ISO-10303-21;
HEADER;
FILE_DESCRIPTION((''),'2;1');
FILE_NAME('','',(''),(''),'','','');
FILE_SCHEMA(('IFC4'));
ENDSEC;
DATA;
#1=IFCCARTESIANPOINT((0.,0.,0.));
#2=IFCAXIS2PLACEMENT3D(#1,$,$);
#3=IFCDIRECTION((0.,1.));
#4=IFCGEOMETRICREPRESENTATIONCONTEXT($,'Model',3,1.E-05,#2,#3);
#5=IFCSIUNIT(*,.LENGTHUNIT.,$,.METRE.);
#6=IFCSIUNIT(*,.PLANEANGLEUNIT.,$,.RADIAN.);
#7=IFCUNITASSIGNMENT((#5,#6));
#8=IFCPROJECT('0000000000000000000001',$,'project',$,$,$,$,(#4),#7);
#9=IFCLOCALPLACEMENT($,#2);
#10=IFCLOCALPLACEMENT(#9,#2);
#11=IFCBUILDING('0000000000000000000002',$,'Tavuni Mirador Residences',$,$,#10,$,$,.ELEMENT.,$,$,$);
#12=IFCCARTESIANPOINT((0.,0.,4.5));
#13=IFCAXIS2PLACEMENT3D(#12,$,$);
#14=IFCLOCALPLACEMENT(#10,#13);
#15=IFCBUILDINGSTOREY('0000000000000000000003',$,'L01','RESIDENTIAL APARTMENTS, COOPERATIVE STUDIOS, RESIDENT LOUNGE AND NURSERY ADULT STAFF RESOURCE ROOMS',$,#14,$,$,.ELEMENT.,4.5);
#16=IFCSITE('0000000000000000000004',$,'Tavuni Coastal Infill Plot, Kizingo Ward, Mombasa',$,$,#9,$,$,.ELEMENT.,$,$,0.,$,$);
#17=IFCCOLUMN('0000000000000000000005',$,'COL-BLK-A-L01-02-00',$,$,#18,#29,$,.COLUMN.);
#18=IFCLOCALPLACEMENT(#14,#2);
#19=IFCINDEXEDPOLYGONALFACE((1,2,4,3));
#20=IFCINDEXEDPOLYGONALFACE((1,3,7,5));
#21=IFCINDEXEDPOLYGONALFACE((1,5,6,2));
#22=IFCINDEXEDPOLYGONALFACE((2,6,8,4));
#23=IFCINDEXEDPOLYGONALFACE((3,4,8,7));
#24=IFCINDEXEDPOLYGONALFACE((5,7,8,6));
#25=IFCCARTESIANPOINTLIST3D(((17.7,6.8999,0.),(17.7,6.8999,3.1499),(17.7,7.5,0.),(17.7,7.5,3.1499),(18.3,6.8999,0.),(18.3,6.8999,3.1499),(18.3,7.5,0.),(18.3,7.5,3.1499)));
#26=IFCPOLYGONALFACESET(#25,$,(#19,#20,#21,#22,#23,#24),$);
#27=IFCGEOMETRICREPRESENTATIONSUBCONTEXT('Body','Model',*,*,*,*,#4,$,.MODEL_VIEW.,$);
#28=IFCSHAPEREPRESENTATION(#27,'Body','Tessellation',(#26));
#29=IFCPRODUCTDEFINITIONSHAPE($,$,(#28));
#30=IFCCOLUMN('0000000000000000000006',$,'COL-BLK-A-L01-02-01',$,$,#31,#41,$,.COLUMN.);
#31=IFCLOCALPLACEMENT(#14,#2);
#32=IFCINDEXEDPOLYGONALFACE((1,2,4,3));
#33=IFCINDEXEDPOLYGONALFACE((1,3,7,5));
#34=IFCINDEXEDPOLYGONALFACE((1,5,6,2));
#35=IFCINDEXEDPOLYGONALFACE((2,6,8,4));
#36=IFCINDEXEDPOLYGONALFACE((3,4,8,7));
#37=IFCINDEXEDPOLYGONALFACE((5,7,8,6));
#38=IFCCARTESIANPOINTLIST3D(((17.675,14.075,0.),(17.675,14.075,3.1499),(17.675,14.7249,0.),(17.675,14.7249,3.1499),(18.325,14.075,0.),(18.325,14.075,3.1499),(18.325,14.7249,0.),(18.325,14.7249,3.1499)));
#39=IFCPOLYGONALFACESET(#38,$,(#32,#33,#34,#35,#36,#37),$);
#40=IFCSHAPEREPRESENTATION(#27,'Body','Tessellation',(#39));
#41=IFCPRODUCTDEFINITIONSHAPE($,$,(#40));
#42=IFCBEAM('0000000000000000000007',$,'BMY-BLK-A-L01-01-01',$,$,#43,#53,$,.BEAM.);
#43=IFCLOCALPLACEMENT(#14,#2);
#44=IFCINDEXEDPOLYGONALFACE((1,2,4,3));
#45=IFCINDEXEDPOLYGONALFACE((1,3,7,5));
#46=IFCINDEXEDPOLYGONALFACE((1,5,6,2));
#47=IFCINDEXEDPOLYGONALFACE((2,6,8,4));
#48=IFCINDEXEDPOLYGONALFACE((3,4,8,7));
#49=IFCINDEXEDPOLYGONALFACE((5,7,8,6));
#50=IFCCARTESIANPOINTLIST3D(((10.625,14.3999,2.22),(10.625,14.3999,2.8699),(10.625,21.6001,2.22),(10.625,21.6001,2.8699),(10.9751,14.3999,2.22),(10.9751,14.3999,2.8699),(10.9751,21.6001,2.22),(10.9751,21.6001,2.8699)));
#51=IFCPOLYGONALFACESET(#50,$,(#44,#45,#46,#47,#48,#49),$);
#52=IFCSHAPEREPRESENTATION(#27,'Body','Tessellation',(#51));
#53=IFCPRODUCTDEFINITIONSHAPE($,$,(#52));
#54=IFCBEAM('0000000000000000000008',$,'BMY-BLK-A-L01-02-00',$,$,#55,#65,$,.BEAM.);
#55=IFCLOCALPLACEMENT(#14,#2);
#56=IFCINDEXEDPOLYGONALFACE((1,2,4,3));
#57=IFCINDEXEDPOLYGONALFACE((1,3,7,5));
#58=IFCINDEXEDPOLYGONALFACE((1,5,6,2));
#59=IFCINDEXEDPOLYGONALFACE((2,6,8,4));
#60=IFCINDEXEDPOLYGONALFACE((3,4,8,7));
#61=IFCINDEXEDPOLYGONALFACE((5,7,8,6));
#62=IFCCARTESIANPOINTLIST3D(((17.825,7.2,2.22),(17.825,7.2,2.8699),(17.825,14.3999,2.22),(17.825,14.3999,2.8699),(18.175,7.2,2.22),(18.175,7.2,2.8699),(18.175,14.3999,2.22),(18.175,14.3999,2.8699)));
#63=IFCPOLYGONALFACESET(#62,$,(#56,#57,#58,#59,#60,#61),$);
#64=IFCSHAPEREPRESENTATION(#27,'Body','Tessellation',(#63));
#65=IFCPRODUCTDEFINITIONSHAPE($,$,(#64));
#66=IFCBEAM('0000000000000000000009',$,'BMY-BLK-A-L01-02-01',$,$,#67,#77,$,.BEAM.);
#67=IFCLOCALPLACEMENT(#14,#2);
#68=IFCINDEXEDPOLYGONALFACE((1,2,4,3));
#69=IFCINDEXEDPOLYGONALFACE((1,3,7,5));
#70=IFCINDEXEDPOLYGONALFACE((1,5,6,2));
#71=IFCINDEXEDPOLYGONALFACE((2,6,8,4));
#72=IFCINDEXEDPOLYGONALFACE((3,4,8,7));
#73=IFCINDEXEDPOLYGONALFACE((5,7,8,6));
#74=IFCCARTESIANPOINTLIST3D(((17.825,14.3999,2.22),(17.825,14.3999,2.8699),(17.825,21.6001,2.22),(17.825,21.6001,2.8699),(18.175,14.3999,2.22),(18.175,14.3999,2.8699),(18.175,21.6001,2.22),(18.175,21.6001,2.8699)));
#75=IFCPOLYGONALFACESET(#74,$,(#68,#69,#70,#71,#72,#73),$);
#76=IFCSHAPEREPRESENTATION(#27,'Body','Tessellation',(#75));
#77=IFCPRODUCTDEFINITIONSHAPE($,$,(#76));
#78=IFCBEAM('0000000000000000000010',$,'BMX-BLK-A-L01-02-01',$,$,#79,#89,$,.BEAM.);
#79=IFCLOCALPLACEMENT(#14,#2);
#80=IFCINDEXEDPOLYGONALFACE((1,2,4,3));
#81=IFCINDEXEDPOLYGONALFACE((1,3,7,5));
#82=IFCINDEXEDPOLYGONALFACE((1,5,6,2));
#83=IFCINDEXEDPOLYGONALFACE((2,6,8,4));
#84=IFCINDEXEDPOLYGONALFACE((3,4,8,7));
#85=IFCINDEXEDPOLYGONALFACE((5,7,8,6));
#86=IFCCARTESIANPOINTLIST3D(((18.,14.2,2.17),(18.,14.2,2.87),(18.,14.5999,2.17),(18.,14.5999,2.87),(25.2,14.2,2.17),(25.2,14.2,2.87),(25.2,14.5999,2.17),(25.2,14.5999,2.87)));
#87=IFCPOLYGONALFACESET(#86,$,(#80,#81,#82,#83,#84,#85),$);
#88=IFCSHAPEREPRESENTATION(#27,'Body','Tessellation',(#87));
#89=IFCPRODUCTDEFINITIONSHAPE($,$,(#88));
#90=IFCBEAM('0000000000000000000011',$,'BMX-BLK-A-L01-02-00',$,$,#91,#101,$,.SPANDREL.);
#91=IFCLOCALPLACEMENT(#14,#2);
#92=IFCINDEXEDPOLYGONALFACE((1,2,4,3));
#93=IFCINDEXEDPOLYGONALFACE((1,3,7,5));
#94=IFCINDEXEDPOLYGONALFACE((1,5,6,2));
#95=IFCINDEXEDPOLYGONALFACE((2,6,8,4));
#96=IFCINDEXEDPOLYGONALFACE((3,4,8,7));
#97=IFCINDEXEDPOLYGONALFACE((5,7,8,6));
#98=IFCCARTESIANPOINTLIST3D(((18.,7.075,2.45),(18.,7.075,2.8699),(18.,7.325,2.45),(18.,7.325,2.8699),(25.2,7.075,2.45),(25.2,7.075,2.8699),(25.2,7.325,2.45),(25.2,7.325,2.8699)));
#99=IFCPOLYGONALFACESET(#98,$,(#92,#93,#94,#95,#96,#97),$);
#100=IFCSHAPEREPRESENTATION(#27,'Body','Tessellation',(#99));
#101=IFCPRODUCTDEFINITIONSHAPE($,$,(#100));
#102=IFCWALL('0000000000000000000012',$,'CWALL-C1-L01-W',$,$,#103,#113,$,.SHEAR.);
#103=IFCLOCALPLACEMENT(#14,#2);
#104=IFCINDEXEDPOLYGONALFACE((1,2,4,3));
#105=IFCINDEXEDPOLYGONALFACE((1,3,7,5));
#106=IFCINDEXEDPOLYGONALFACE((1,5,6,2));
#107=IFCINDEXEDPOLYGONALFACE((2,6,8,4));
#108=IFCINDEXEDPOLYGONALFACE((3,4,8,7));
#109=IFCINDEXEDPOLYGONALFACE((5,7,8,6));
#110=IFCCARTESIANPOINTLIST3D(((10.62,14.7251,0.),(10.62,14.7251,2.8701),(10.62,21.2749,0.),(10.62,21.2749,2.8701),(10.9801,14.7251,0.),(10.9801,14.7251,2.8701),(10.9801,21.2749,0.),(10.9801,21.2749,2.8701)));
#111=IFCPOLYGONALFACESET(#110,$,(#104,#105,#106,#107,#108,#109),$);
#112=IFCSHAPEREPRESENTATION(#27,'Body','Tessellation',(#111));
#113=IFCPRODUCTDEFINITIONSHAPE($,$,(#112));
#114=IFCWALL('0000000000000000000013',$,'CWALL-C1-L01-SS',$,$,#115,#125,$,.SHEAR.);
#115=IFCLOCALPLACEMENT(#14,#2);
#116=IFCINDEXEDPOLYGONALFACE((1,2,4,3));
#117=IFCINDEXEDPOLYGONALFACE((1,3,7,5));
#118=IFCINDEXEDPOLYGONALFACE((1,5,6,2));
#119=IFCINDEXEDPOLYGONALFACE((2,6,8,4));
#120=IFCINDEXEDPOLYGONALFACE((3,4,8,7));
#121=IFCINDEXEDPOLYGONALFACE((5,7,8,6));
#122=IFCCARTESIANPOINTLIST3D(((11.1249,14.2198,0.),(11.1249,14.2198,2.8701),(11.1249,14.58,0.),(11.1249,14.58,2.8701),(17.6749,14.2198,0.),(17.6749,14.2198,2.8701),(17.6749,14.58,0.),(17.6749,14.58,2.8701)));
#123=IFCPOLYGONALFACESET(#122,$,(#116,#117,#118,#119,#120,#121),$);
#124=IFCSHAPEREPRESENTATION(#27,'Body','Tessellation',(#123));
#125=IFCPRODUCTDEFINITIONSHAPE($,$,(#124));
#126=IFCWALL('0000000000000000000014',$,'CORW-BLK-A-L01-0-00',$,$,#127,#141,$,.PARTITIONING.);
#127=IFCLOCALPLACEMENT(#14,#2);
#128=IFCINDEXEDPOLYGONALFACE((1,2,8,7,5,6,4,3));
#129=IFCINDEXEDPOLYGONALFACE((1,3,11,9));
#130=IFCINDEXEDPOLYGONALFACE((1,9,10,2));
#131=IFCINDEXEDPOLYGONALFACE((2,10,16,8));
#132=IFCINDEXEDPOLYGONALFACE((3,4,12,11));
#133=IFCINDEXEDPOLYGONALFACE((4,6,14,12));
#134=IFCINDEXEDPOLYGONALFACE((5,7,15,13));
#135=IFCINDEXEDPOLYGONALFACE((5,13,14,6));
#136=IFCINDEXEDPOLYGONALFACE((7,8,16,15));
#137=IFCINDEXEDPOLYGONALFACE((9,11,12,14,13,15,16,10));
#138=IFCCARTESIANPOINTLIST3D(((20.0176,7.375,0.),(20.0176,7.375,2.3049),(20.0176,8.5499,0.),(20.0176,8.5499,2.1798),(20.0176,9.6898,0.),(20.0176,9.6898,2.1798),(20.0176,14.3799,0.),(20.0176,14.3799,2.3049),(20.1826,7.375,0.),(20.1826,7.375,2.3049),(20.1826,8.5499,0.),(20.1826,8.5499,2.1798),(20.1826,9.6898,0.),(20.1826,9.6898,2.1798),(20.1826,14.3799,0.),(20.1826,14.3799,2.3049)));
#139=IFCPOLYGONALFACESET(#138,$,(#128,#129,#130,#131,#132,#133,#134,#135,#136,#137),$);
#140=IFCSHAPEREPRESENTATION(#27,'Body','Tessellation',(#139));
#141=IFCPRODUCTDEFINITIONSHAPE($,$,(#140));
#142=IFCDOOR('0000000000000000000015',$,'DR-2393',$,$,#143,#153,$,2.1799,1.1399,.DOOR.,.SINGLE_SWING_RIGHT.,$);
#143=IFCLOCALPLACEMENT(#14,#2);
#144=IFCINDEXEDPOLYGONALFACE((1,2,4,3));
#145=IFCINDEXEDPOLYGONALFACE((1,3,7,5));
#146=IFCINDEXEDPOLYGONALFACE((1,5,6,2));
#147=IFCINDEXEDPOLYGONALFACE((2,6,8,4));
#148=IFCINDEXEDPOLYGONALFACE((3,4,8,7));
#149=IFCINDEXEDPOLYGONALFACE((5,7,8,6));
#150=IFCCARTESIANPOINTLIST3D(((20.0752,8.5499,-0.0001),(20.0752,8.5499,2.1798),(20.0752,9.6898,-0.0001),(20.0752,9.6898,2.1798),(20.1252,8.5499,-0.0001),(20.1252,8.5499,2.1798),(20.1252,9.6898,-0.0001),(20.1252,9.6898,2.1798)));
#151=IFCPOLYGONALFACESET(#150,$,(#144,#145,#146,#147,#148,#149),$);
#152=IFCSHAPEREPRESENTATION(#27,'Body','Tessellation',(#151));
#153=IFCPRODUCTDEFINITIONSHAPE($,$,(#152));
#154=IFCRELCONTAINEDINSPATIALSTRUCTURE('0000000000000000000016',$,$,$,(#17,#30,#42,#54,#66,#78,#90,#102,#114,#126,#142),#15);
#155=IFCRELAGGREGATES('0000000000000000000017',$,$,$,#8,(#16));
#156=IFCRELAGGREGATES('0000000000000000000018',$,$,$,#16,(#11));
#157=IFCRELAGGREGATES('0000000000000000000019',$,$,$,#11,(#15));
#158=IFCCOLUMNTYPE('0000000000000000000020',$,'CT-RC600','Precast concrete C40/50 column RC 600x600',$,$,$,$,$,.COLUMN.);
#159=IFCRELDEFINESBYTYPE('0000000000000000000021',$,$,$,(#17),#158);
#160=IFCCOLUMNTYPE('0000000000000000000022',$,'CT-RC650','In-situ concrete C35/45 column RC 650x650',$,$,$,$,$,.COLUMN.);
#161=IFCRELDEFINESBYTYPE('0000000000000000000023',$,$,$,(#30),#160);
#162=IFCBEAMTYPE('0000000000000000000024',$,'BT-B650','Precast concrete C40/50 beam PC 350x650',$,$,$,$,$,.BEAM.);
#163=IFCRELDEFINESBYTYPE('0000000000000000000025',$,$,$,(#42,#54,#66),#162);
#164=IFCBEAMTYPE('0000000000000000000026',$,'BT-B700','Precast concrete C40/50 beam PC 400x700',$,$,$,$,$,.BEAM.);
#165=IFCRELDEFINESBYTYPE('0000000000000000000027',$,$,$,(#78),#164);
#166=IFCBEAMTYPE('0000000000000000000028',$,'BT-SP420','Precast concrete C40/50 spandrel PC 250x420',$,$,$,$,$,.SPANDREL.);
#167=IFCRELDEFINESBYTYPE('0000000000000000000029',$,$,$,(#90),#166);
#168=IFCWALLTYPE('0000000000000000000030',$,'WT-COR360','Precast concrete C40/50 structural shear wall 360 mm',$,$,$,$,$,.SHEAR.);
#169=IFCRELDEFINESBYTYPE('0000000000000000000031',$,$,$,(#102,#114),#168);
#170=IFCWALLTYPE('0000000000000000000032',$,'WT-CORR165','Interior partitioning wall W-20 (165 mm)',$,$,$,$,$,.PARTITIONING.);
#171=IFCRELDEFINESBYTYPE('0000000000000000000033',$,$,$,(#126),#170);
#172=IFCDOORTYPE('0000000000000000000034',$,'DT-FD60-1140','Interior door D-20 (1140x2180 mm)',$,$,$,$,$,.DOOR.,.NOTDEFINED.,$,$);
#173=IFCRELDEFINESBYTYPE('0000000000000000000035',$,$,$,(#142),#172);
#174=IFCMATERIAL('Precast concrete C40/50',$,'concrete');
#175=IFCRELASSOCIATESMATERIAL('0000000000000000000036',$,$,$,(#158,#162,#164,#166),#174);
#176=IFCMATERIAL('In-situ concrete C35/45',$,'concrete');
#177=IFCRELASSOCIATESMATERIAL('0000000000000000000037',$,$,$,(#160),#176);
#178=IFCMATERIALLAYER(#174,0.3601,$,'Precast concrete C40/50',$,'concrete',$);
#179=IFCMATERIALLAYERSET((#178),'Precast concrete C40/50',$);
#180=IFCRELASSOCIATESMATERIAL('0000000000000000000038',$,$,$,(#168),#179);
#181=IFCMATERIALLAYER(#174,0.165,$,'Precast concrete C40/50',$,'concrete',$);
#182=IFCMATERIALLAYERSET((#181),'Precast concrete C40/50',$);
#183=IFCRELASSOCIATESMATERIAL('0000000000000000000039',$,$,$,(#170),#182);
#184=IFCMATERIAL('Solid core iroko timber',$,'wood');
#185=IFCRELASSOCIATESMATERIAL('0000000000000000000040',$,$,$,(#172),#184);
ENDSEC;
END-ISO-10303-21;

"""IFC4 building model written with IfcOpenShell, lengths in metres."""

from ifc_helpers import new_model, si_unit, direction, frame, frame_2d, origin, origin_2d, place, context, subcontext, project, spatial, rectangle, extrude, material, layer, layer_set, material_profile, profile_set, type_object, element, fill, save


model = new_model("IFC4")

# Units and contexts
model_context = context("Model", 3, precision=1e-05, world=origin(), true_north=direction((0.0, 1.0)))
body_context = subcontext(model_context, "Body", "Model", "MODEL_VIEW")
ifc_project = project(units=[si_unit("LENGTHUNIT", "METRE"), si_unit("PLANEANGLEUNIT", "RADIAN")], contexts=[model_context])

# Site, building, storey
site_placement = place(None, origin())
site = spatial("IfcSite", under=ifc_project, at=site_placement, Name="Tavuni Coastal Infill Plot, Kizingo Ward, Mombasa", CompositionType="ELEMENT", RefElevation=0.0)
building_placement = place(site_placement, origin())
building = spatial("IfcBuilding", under=site, at=building_placement, Name="Tavuni Mirador Residences", CompositionType="ELEMENT")
storey_placement = place(building_placement, frame((0.0, 0.0, 4.5)))
storey = spatial("IfcBuildingStorey", under=building, at=storey_placement, Name="L01", Description="RESIDENTIAL APARTMENTS, COOPERATIVE STUDIOS, RESIDENT LOUNGE AND NURSERY ADULT STAFF RESOURCE ROOMS", CompositionType="ELEMENT", Elevation=4.5)

# Columns
ifc_material_1 = material(Name="Precast concrete C40/50", Category="concrete")
ifc_material_profile_1 = material_profile(ifc_material_1, rectangle(XDim=0.6001, YDim=0.6001, at=origin_2d()), Name="RC 600x600", Category="concrete")
ifc_profile_set_1 = profile_set([ifc_material_profile_1], Name="Precast concrete C40/50")
column_type_1 = type_object("IfcColumnType", Name="CT-RC600", Description="Precast concrete C40/50 column RC 600x600", PredefinedType="COLUMN", material=ifc_profile_set_1)
column_1_placement = place(storey_placement, frame((18.0, 7.2, 0.0), z_axis=(0.0, 0.0, 1.0), x_axis=(1.0, 0.0, 0.0)))
element("IfcColumn", 1, at=column_1_placement, inside=storey, type_object=column_type_1, Name="COL-BLK-A-L01-02-00", PredefinedType="COLUMN", context=body_context, shape_type="SweptSolid", body=[
    extrude(rectangle(XDim=0.6001, YDim=0.6001, at=origin_2d()), origin(), (0.0, 0.0, 1.0), 3.1499),
])
ifc_material_2 = material(Name="In-situ concrete C35/45", Category="concrete")
ifc_material_profile_2 = material_profile(ifc_material_2, rectangle(XDim=0.6499, YDim=0.6499, at=origin_2d()), Name="RC 650x650", Category="concrete")
ifc_profile_set_2 = profile_set([ifc_material_profile_2], Name="In-situ concrete C35/45")
column_type_2 = type_object("IfcColumnType", Name="CT-RC650", Description="In-situ concrete C35/45 column RC 650x650", PredefinedType="COLUMN", material=ifc_profile_set_2)
column_2_placement = place(storey_placement, frame((18.0, 14.3999, 0.0), z_axis=(0.0, 0.0, 1.0), x_axis=(1.0, 0.0, 0.0)))
element("IfcColumn", 2, at=column_2_placement, inside=storey, type_object=column_type_2, Name="COL-BLK-A-L01-02-01", PredefinedType="COLUMN", context=body_context, shape_type="SweptSolid", body=[
    extrude(rectangle(XDim=0.6499, YDim=0.6499, at=origin_2d()), origin(), (0.0, 0.0, 1.0), 3.1499),
])

# Beams
ifc_material_profile_3 = material_profile(ifc_material_1, rectangle(XDim=0.3501, YDim=0.6499, at=origin_2d()), Name="PC 350x650", Category="concrete")
ifc_profile_set_3 = profile_set([ifc_material_profile_3], Name="Precast concrete C40/50")
beam_type_1 = type_object("IfcBeamType", Name="BT-B650", Description="Precast concrete C40/50 beam PC 350x650", PredefinedType="BEAM", material=ifc_profile_set_3)
beam_1_placement = place(storey_placement, frame((10.8, 14.3999, 2.5449), z_axis=(0.0, 1.0, 0.0), x_axis=(-1.0, 0.0, 0.0)))
element("IfcBeam", 3, at=beam_1_placement, inside=storey, type_object=beam_type_1, Name="BMY-BLK-A-L01-01-01", PredefinedType="BEAM", context=body_context, shape_type="SweptSolid", body=[
    extrude(rectangle(XDim=0.3501, YDim=0.6499, at=origin_2d()), origin(), (0.0, 0.0, 1.0), 7.2002),
])
beam_2_placement = place(storey_placement, frame((18.0, 7.2, 2.5449), z_axis=(0.0, 1.0, 0.0), x_axis=(-1.0, 0.0, 0.0)))
element("IfcBeam", 4, at=beam_2_placement, inside=storey, type_object=beam_type_1, Name="BMY-BLK-A-L01-02-00", PredefinedType="BEAM", context=body_context, shape_type="SweptSolid", body=[
    extrude(rectangle(XDim=0.3501, YDim=0.6499, at=origin_2d()), origin(), (0.0, 0.0, 1.0), 7.2),
])
beam_3_placement = place(storey_placement, frame((18.0, 14.3999, 2.5449), z_axis=(0.0, 1.0, 0.0), x_axis=(-1.0, 0.0, 0.0)))
element("IfcBeam", 5, at=beam_3_placement, inside=storey, type_object=beam_type_1, Name="BMY-BLK-A-L01-02-01", PredefinedType="BEAM", context=body_context, shape_type="SweptSolid", body=[
    extrude(rectangle(XDim=0.3501, YDim=0.6499, at=origin_2d()), origin(), (0.0, 0.0, 1.0), 7.2002),
])
ifc_material_profile_4 = material_profile(ifc_material_1, rectangle(XDim=0.3999, YDim=0.7, at=origin_2d()), Name="PC 400x700", Category="concrete")
ifc_profile_set_4 = profile_set([ifc_material_profile_4], Name="Precast concrete C40/50")
beam_type_2 = type_object("IfcBeamType", Name="BT-B700", Description="Precast concrete C40/50 beam PC 400x700", PredefinedType="BEAM", material=ifc_profile_set_4)
beam_4_placement = place(storey_placement, frame((18.0, 14.3999, 2.52), z_axis=(1.0, 0.0, 0.0), x_axis=(0.0, 1.0, 0.0)))
element("IfcBeam", 6, at=beam_4_placement, inside=storey, type_object=beam_type_2, Name="BMX-BLK-A-L01-02-01", PredefinedType="BEAM", context=body_context, shape_type="SweptSolid", body=[
    extrude(rectangle(XDim=0.3999, YDim=0.7, at=origin_2d()), origin(), (0.0, 0.0, 1.0), 7.2),
])
ifc_material_profile_5 = material_profile(ifc_material_1, rectangle(XDim=0.25, YDim=0.4199, at=origin_2d()), Name="PC 250x420", Category="concrete")
ifc_profile_set_5 = profile_set([ifc_material_profile_5], Name="Precast concrete C40/50")
beam_type_3 = type_object("IfcBeamType", Name="BT-SP420", Description="Precast concrete C40/50 spandrel PC 250x420", PredefinedType="SPANDREL", material=ifc_profile_set_5)
beam_5_placement = place(storey_placement, frame((18.0, 7.2, 2.6599), z_axis=(1.0, 0.0, 0.0), x_axis=(0.0, 1.0, 0.0)))
element("IfcBeam", 7, at=beam_5_placement, inside=storey, type_object=beam_type_3, Name="BMX-BLK-A-L01-02-00", PredefinedType="SPANDREL", context=body_context, shape_type="SweptSolid", body=[
    extrude(rectangle(XDim=0.25, YDim=0.4199, at=origin_2d()), origin(), (0.0, 0.0, 1.0), 7.2),
])

# Shared definitions
ifc_material_3 = material(Name="Solid core iroko timber", Category="wood")

# Wall
ifc_layer_1 = layer(ifc_material_1, 0.3601, Name="Precast concrete C40/50", Category="concrete")
ifc_layer_set_1 = layer_set([ifc_layer_1], Name="Precast concrete C40/50")
wall_type_1 = type_object("IfcWallType", Name="WT-COR360", Description="Precast concrete C40/50 structural shear wall 360 mm", PredefinedType="SHEAR", material=ifc_layer_set_1)
wall_1_placement = place(storey_placement, frame((10.8, 14.7251, 0.0), z_axis=(0.0, 0.0, 1.0), x_axis=(0.0, 1.0, 0.0)))
element("IfcWall", 8, at=wall_1_placement, inside=storey, type_object=wall_type_1, Name="CWALL-C1-L01-W", PredefinedType="SHEAR", context=body_context, shape_type="SweptSolid", body=[
    extrude(rectangle(XDim=6.5498, YDim=0.3601, at=frame_2d((3.2749, 0.0))), origin(), (0.0, 0.0, 1.0), 2.8701),
])

# Wall
wall_2_placement = place(storey_placement, frame((11.125, 14.3999, 0.0), z_axis=(0.0, 0.0, 1.0), x_axis=(1.0, 0.0, 0.0)))
element("IfcWall", 9, at=wall_2_placement, inside=storey, type_object=wall_type_1, Name="CWALL-C1-L01-SS", PredefinedType="SHEAR", context=body_context, shape_type="SweptSolid", body=[
    extrude(rectangle(XDim=6.55, YDim=0.3601, at=frame_2d((3.2749, 0.0))), origin(), (0.0, 0.0, 1.0), 2.8701),
])

# Wall, opening, door
ifc_layer_2 = layer(ifc_material_1, 0.165, Name="Precast concrete C40/50", Category="concrete")
ifc_layer_set_2 = layer_set([ifc_layer_2], Name="Precast concrete C40/50")
wall_type_2 = type_object("IfcWallType", Name="WT-CORR165", Description="Interior partitioning wall W-20 (165 mm)", PredefinedType="PARTITIONING", material=ifc_layer_set_2)
wall_3_placement = place(storey_placement, frame((20.1001, 7.375, 0.0), z_axis=(0.0, 0.0, 1.0), x_axis=(0.0, 1.0, 0.0)))
wall_3 = element("IfcWall", 10, at=wall_3_placement, inside=storey, type_object=wall_type_2, Name="CORW-BLK-A-L01-0-00", PredefinedType="PARTITIONING", context=body_context, shape_type="SweptSolid", body=[
    extrude(rectangle(XDim=7.0049, YDim=0.165, at=frame_2d((3.5024, 0.0))), origin(), (0.0, 0.0, 1.0), 2.3049),
])
opening_1_placement = place(wall_3_placement, frame((1.175, 0.0, 0.0)))
opening_1 = element("IfcOpeningElement", 11, at=opening_1_placement, cuts=wall_3, PredefinedType="OPENING", context=body_context, shape_type="SweptSolid", body=[
    extrude(rectangle(XDim=1.1399, YDim=2.1799, at=frame_2d((0.5698, 1.0898))), frame((0.0, 0.0925, 0.0), z_axis=(0.0, -1.0, 0.0), x_axis=(1.0, 0.0, 0.0)), (0.0, 0.0, 1.0), 0.1851),
])
door_type_1 = type_object("IfcDoorType", Name="DT-FD60-1140", Description="Interior door D-20 (1140x2180 mm)", OperationType="NOTDEFINED", PredefinedType="DOOR", material=ifc_material_3)
door_1_placement = place(opening_1_placement, origin())
door_1 = element("IfcDoor", 12, at=door_1_placement, inside=storey, type_object=door_type_1, Name="DR-2393", OperationType="SINGLE_SWING_RIGHT", OverallHeight=2.1799, OverallWidth=1.1399, PredefinedType="DOOR", context=body_context, shape_type="SweptSolid", body=[
    extrude(rectangle(XDim=1.1399, YDim=2.1799, at=frame_2d((0.5698, 1.0898))), frame((0.0, 0.0249, 0.0), z_axis=(0.0, -1.0, 0.0), x_axis=(1.0, 0.0, 0.0)), (0.0, 0.0, 1.0), 0.05),
])
fill(opening_1, door_1)

save(model, "model.ifc")
